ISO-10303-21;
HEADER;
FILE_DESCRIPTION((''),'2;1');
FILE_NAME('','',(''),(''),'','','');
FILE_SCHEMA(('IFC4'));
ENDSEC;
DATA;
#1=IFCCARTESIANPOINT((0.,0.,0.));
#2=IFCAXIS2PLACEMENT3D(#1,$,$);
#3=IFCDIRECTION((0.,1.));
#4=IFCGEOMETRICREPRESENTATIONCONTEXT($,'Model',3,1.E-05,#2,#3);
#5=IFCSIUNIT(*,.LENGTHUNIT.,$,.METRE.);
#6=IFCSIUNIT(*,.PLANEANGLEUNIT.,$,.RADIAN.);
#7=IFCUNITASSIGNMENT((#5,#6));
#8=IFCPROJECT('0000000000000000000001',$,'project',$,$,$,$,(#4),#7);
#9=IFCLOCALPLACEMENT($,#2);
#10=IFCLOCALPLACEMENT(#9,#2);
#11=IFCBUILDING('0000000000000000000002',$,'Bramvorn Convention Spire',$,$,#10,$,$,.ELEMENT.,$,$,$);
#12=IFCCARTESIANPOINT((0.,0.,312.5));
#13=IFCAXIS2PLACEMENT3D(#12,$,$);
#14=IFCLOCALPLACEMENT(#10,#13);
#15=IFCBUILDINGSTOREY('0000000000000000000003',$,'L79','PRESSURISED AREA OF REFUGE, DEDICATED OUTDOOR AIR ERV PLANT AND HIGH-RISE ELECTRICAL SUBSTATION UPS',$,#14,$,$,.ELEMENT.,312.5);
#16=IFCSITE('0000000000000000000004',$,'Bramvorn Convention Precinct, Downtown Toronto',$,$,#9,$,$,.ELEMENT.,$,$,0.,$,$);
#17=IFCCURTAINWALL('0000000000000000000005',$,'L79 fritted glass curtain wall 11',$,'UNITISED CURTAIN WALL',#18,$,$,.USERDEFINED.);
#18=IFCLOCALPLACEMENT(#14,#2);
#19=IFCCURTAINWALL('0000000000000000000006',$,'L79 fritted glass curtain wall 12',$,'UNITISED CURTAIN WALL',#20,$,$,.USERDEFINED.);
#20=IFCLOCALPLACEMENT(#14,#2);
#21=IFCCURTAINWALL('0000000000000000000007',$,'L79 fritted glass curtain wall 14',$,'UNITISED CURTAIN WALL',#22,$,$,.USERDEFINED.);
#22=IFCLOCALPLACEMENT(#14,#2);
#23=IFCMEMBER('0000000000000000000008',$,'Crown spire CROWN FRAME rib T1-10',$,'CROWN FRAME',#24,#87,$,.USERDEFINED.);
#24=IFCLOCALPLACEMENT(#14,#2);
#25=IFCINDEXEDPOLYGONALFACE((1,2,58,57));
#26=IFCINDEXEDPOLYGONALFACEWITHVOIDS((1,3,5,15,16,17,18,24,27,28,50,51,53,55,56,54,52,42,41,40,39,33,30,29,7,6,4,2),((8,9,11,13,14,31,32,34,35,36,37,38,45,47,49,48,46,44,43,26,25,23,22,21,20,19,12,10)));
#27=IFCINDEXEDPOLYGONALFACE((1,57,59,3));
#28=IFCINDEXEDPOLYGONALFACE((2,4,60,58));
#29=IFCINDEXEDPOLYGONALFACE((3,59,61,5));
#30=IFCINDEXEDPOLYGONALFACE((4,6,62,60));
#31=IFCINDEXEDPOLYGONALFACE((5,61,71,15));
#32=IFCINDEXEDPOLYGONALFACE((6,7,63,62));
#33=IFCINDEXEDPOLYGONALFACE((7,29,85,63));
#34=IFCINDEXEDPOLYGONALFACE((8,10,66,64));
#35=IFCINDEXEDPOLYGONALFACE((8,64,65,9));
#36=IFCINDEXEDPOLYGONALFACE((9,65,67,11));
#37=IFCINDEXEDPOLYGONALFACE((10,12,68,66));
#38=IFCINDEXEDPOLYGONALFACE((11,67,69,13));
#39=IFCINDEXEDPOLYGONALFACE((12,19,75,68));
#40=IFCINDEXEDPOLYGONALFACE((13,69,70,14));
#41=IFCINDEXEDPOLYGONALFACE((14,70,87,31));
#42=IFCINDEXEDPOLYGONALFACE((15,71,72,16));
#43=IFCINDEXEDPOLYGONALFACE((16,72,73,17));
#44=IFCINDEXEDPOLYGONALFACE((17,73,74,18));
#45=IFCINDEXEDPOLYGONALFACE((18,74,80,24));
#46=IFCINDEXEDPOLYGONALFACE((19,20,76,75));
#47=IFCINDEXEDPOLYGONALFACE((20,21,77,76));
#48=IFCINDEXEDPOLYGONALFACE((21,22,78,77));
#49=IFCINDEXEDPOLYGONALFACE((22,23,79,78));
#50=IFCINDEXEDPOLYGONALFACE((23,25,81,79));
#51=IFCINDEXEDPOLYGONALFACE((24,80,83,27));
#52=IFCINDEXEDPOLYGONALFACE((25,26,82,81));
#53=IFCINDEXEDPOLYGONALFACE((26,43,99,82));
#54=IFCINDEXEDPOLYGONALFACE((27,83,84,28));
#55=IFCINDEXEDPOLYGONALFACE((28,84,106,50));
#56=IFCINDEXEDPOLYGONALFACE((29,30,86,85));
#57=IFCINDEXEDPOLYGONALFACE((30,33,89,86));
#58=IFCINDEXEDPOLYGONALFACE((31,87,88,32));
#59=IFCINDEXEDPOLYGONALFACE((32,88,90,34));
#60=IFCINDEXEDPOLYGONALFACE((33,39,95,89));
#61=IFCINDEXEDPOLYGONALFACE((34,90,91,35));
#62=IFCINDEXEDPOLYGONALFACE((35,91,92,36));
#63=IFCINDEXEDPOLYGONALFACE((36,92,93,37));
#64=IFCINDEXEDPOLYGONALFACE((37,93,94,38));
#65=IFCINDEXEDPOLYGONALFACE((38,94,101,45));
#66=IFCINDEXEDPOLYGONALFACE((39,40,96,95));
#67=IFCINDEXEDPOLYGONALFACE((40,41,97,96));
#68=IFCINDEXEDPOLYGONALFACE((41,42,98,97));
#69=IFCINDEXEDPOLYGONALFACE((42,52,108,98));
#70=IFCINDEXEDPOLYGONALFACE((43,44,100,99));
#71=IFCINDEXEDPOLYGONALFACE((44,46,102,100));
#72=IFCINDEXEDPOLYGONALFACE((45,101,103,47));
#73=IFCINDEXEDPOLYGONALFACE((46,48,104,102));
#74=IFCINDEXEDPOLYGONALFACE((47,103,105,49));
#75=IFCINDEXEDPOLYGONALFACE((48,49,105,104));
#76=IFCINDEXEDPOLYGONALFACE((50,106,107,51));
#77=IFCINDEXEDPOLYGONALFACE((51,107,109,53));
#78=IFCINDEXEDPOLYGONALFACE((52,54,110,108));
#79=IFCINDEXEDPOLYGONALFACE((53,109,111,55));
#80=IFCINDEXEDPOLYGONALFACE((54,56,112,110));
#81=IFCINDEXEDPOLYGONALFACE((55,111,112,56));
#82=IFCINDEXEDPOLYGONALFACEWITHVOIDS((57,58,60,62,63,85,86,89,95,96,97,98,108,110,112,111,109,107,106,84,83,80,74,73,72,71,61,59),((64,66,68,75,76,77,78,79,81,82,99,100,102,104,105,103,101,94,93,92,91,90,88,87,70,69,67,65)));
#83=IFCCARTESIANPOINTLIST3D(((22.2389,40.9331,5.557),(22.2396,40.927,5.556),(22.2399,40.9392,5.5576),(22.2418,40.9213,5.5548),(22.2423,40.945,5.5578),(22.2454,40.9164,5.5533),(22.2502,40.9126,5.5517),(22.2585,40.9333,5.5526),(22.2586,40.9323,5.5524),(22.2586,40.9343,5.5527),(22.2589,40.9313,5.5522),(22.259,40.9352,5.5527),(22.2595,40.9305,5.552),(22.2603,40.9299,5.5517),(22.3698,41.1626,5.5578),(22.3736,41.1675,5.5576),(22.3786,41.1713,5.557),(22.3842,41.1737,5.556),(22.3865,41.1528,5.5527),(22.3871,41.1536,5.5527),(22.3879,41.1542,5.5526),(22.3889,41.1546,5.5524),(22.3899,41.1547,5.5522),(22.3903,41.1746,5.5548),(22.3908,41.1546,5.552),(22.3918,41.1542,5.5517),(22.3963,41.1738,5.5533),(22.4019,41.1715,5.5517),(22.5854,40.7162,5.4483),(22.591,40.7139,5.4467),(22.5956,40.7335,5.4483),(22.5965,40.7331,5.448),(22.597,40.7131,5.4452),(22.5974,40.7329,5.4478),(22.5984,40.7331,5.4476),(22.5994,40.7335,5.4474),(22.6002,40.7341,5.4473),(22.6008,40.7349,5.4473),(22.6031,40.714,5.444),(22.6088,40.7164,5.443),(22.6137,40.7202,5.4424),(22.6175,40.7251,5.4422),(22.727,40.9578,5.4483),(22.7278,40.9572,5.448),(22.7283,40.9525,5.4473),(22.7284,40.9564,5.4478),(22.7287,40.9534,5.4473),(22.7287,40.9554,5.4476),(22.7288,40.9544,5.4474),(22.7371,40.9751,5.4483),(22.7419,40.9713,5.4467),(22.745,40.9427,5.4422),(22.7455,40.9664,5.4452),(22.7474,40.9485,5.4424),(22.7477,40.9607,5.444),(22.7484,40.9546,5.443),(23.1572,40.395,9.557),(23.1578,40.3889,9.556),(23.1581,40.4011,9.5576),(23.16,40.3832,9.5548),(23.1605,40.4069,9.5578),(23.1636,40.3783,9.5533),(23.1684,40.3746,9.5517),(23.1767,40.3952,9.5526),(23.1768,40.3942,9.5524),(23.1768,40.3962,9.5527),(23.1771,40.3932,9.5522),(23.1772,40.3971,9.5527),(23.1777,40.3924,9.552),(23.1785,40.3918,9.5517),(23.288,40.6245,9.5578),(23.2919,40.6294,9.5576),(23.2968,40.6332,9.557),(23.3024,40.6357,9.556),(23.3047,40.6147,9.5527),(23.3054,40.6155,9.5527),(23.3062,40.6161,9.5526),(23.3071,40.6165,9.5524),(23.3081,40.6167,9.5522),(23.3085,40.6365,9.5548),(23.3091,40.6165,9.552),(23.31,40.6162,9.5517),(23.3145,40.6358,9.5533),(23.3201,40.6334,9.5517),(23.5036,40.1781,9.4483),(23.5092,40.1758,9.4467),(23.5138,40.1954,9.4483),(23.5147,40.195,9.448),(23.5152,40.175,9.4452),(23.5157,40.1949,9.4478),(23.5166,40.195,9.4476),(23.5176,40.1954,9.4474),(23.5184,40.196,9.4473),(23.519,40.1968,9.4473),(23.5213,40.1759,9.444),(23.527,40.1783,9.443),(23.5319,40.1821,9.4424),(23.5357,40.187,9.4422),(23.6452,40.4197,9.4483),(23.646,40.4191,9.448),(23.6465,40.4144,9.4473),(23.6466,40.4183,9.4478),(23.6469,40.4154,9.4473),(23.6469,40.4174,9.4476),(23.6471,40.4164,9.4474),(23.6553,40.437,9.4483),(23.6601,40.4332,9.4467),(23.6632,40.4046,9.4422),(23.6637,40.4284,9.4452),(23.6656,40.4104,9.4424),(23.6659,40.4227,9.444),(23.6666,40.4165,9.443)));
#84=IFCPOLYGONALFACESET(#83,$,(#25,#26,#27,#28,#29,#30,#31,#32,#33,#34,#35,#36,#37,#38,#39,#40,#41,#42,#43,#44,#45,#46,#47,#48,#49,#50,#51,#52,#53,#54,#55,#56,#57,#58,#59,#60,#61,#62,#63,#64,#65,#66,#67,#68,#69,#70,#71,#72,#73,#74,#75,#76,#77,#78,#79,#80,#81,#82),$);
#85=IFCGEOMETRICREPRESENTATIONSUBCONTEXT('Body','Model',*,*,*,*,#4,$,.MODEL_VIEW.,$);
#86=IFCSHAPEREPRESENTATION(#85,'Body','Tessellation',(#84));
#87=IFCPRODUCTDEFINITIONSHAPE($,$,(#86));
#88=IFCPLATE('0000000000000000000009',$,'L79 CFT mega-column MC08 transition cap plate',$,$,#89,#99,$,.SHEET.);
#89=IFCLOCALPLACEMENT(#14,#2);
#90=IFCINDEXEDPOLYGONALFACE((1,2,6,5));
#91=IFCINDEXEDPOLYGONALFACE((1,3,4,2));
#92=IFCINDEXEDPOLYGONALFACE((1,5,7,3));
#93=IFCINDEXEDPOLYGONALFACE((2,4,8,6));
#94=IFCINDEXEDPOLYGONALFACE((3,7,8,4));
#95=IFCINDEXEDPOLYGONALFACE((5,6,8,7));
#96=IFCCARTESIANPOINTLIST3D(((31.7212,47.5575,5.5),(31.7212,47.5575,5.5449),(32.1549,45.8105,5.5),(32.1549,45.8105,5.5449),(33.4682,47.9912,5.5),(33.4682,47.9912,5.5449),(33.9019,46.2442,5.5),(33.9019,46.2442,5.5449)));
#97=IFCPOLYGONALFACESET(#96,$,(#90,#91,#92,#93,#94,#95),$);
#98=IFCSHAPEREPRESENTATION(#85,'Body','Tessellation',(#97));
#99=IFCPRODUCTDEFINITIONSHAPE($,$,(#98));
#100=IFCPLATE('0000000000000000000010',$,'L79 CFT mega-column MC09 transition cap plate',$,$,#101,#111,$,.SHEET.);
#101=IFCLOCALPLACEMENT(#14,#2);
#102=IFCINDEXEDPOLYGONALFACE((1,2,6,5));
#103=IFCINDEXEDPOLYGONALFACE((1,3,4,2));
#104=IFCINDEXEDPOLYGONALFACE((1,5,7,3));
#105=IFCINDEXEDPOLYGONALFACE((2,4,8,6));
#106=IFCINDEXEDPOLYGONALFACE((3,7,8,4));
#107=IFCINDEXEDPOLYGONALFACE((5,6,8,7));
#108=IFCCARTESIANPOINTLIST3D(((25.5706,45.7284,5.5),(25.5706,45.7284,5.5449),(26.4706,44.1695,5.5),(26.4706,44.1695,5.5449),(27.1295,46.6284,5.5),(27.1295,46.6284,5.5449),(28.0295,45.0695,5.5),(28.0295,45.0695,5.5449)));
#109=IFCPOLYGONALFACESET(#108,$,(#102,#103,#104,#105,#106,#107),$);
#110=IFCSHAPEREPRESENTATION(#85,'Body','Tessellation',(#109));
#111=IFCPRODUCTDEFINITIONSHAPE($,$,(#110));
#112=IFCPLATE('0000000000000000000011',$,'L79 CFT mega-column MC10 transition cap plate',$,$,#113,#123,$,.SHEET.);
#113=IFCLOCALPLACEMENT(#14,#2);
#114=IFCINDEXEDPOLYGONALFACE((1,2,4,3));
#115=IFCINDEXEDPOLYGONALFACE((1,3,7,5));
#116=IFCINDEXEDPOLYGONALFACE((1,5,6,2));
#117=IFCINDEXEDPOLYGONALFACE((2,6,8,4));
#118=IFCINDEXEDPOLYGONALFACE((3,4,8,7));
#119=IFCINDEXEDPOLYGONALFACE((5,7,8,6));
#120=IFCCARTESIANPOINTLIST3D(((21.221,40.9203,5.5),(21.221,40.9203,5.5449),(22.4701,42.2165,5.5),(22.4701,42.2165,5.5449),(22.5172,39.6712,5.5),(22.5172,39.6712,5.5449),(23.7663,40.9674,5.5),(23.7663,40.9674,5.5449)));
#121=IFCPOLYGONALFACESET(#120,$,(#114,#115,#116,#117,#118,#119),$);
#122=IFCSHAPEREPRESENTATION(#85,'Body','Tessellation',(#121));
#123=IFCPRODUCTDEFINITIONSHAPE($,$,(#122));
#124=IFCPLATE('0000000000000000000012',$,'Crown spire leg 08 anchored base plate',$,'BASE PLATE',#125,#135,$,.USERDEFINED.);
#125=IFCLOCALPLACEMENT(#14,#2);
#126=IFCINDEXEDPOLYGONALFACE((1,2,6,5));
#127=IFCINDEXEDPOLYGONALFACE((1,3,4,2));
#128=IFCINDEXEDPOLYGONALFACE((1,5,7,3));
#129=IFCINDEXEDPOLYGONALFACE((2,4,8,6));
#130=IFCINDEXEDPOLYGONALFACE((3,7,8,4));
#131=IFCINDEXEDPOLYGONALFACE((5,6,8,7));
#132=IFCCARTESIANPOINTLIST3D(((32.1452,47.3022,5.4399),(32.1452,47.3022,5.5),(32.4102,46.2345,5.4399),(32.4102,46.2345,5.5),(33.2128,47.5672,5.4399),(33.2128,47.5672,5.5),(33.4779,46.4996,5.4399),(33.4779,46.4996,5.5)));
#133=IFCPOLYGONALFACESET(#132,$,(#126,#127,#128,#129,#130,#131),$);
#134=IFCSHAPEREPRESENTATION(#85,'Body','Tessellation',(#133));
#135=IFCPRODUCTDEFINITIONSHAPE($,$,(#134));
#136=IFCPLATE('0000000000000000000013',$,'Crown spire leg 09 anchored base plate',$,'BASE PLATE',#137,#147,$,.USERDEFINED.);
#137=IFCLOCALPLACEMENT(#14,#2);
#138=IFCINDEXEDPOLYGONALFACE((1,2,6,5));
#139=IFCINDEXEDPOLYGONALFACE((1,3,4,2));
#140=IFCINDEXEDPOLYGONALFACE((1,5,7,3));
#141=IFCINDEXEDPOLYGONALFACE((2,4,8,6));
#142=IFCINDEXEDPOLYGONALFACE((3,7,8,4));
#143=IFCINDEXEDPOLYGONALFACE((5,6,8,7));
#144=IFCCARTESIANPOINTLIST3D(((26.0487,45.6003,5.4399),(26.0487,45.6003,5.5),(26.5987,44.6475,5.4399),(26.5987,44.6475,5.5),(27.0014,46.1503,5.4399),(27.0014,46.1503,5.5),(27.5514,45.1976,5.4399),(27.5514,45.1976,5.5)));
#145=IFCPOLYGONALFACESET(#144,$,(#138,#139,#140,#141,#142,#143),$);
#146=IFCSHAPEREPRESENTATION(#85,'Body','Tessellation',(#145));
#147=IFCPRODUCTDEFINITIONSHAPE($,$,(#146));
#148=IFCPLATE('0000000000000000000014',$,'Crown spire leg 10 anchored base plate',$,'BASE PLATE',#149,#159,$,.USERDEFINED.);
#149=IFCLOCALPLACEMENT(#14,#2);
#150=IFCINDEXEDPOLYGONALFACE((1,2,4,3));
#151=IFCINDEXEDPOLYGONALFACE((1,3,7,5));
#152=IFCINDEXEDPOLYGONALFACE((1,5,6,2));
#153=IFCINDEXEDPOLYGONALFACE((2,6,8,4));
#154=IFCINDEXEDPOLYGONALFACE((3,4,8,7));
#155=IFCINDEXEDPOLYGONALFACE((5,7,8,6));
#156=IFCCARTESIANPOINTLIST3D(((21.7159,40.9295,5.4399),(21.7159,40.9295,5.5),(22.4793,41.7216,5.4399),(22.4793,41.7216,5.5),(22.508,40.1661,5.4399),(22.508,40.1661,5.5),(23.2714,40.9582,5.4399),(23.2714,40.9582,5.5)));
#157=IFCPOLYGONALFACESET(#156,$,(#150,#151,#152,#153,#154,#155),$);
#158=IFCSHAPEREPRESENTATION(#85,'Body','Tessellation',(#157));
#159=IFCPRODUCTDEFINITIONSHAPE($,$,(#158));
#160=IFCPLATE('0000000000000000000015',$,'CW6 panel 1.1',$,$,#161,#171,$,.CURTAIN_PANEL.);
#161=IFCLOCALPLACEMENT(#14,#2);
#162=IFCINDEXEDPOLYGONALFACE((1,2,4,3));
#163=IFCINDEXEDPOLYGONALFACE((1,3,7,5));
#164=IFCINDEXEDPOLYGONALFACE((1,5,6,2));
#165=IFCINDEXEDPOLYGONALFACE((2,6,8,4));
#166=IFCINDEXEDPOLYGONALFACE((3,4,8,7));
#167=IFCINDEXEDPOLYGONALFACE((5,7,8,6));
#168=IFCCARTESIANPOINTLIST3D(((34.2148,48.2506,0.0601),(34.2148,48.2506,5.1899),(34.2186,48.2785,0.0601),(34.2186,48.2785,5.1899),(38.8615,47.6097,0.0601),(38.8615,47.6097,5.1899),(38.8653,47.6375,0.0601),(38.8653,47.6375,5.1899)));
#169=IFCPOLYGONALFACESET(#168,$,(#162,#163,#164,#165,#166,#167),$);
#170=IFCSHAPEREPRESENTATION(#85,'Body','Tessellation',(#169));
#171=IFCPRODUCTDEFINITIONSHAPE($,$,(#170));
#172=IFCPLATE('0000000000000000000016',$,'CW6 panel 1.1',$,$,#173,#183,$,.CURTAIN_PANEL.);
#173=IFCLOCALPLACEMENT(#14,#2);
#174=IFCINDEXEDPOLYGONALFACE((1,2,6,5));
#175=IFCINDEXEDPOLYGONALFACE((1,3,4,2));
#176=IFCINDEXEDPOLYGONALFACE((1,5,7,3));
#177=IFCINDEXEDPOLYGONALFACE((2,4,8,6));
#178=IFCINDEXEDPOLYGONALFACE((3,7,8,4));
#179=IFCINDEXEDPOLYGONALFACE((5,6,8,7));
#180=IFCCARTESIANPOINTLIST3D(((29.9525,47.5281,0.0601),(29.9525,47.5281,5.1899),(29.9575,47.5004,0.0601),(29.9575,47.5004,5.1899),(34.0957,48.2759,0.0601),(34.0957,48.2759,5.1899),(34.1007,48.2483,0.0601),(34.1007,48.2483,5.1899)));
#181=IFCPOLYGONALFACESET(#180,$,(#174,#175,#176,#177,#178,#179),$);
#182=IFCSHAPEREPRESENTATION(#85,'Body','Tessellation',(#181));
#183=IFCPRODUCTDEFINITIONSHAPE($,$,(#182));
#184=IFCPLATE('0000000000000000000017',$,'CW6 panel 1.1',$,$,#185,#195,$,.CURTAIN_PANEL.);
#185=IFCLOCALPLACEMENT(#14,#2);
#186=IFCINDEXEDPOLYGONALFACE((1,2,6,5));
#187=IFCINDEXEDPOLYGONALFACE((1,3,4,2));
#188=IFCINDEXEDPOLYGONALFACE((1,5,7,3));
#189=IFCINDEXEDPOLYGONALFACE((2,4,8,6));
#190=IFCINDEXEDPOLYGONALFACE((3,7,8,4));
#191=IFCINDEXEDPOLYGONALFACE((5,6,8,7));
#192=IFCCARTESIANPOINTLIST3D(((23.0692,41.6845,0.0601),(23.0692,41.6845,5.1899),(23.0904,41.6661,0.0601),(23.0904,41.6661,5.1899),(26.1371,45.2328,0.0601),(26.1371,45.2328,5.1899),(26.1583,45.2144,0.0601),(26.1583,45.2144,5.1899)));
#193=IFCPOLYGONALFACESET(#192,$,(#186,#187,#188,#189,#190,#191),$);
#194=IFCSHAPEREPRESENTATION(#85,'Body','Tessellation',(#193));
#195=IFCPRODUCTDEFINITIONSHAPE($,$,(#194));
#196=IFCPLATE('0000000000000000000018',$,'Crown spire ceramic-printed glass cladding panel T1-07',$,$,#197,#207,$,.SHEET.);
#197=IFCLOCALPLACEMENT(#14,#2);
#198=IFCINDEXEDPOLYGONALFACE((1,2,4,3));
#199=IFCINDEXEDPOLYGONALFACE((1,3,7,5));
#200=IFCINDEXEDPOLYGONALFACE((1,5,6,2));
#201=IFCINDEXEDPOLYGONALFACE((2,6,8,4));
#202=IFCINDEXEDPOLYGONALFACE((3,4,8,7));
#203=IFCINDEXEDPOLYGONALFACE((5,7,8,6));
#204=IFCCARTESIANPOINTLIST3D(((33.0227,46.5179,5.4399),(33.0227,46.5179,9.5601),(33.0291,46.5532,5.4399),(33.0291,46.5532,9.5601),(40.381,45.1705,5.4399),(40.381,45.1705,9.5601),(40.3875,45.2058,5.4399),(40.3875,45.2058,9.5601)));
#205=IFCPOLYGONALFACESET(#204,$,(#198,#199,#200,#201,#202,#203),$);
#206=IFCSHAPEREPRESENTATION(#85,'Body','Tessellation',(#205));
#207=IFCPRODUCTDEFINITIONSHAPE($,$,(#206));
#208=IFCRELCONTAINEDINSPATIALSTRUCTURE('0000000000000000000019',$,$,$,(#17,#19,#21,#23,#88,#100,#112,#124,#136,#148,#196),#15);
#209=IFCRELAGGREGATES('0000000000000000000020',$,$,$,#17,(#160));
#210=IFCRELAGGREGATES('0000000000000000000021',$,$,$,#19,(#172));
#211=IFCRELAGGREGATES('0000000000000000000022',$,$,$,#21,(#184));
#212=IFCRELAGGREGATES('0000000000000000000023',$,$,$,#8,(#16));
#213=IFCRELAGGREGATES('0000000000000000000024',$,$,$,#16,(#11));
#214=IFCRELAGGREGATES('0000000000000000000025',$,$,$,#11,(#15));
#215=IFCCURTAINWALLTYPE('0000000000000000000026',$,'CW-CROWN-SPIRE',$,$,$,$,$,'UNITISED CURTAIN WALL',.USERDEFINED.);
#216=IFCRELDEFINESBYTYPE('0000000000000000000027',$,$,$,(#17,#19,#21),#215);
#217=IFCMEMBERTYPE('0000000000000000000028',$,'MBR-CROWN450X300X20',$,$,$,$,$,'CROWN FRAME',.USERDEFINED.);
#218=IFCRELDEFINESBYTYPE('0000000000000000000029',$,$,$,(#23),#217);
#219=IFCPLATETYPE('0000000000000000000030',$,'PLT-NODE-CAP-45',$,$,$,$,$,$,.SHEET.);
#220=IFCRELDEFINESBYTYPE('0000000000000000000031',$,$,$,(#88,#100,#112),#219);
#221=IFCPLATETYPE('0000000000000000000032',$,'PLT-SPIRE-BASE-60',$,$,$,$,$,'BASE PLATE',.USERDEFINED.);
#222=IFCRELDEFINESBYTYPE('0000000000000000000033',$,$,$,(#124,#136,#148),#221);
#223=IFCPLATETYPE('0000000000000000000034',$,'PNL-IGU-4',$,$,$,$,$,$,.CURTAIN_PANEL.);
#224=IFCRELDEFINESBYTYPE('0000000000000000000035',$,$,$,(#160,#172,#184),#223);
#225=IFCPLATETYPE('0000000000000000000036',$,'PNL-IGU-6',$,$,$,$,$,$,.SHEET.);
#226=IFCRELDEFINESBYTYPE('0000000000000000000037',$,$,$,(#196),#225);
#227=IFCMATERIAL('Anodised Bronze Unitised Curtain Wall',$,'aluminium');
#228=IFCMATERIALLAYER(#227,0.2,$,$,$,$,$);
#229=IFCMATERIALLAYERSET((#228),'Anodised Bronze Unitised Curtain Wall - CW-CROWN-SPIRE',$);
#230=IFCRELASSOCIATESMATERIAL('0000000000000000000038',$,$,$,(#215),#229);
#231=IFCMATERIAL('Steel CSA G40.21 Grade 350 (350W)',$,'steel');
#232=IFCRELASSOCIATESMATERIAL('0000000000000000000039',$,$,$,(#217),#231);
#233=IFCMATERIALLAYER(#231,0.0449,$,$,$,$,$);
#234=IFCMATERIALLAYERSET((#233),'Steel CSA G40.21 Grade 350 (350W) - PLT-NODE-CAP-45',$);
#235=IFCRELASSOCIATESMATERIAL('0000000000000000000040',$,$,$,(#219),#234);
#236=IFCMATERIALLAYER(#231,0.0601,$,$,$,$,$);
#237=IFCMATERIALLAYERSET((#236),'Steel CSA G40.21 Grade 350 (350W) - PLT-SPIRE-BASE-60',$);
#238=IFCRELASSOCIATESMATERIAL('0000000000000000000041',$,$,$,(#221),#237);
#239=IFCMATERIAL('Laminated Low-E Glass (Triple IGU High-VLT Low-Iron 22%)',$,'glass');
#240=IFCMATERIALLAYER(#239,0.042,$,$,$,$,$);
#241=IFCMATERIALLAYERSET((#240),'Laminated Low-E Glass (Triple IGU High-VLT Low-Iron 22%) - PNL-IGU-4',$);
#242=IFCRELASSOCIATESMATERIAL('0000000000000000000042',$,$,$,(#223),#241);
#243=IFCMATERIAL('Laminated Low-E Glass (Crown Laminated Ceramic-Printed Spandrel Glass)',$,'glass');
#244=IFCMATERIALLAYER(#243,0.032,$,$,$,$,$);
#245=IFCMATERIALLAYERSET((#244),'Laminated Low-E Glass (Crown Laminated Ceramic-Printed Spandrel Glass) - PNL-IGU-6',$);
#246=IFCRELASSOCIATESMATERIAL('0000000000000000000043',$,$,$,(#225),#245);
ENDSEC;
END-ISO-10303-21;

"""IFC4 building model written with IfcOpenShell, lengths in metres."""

from ifc_helpers import new_model, si_unit, direction, frame, origin, origin_2d, place, context, subcontext, project, spatial, rectangle, hollow_rectangle, extrude, material, layer, layer_set, material_profile, profile_set, type_object, element, aggregate, save


model = new_model("IFC4")

# Units and contexts
model_context = context("Model", 3, precision=1e-05, world=origin(), true_north=direction((0.0, 1.0)))
body_context = subcontext(model_context, "Body", "Model", "MODEL_VIEW")
ifc_project = project(units=[si_unit("LENGTHUNIT", "METRE"), si_unit("PLANEANGLEUNIT", "RADIAN")], contexts=[model_context])

# Site, building, storey
site_placement = place(None, origin())
site = spatial("IfcSite", under=ifc_project, at=site_placement, Name="Bramvorn Convention Precinct, Downtown Toronto", CompositionType="ELEMENT", RefElevation=0.0)
building_placement = place(site_placement, origin())
building = spatial("IfcBuilding", under=site, at=building_placement, Name="Bramvorn Convention Spire", CompositionType="ELEMENT")
storey_placement = place(building_placement, frame((0.0, 0.0, 312.5)))
storey = spatial("IfcBuildingStorey", under=building, at=storey_placement, Name="L79", Description="PRESSURISED AREA OF REFUGE, DEDICATED OUTDOOR AIR ERV PLANT AND HIGH-RISE ELECTRICAL SUBSTATION UPS", CompositionType="ELEMENT", Elevation=312.5)

# Shared definitions
ifc_material_1 = material(Name="Steel CSA G40.21 Grade 350 (350W)", Category="steel")

# Curtain wall
ifc_material_2 = material(Name="Anodised Bronze Unitised Curtain Wall", Category="aluminium")
ifc_layer_1 = layer(ifc_material_2, 0.2)
ifc_layer_set_1 = layer_set([ifc_layer_1], Name="Anodised Bronze Unitised Curtain Wall - CW-CROWN-SPIRE")
curtain_wall_type = type_object("IfcCurtainWallType", Name="CW-CROWN-SPIRE", ElementType="UNITISED CURTAIN WALL", PredefinedType="USERDEFINED", material=ifc_layer_set_1)
curtain_wall_1_placement = place(storey_placement, origin())
curtain_wall_1 = element("IfcCurtainWall", 1, at=curtain_wall_1_placement, inside=storey, type_object=curtain_wall_type, Name="L79 fritted glass curtain wall 11", ObjectType="UNITISED CURTAIN WALL", PredefinedType="USERDEFINED")

# Curtain walls
curtain_wall_2_placement = place(storey_placement, origin())
curtain_wall_2 = element("IfcCurtainWall", 2, at=curtain_wall_2_placement, inside=storey, type_object=curtain_wall_type, Name="L79 fritted glass curtain wall 12", ObjectType="UNITISED CURTAIN WALL", PredefinedType="USERDEFINED")
curtain_wall_3_placement = place(storey_placement, origin())
curtain_wall_3 = element("IfcCurtainWall", 3, at=curtain_wall_3_placement, inside=storey, type_object=curtain_wall_type, Name="L79 fritted glass curtain wall 14", ObjectType="UNITISED CURTAIN WALL", PredefinedType="USERDEFINED")

# Member
ifc_material_profile_1 = material_profile(ifc_material_1, hollow_rectangle(XDim=0.3, YDim=0.45, WallThickness=0.02, InnerFilletRadius=0.0039, OuterFilletRadius=0.0239, at=origin_2d()))
ifc_profile_set_1 = profile_set([ifc_material_profile_1], Name="Steel CSA G40.21 Grade 350 (350W) - CROWN450X300X20")
member_type_1 = type_object("IfcMemberType", Name="MBR-CROWN450X300X20", ElementType="CROWN FRAME", PredefinedType="USERDEFINED", material=ifc_profile_set_1)
member_1_placement = place(storey_placement, frame((22.4937, 40.9438, 5.5), z_axis=(0.221836, -0.129999, 0.966379), x_axis=(0.505596, 0.86277, 0.0)))
element("IfcMember", 4, at=member_1_placement, inside=storey, type_object=member_type_1, Name="Crown spire CROWN FRAME rib T1-10", ObjectType="CROWN FRAME", PredefinedType="USERDEFINED", context=body_context, shape_type="SweptSolid", body=[
    extrude(hollow_rectangle(XDim=0.3, YDim=0.45, WallThickness=0.02, InnerFilletRadius=0.0039, OuterFilletRadius=0.0239, at=origin_2d()), origin(), (0.0, 0.0, 1.0), 4.1392),
])

# Plates
ifc_layer_2 = layer(ifc_material_1, 0.0449)
ifc_layer_set_2 = layer_set([ifc_layer_2], Name="Steel CSA G40.21 Grade 350 (350W) - PLT-NODE-CAP-45")
plate_type_1 = type_object("IfcPlateType", Name="PLT-NODE-CAP-45", PredefinedType="SHEET", material=ifc_layer_set_2)
for number, where, z_axis, x_axis, name in (
    (5, (32.8115, 46.9009, 5.5), (0.0, 0.0, 1.0), (-0.24093, 0.970542, 0.0), "L79 CFT mega-column MC08 transition cap plate"),
    (6, (26.8, 45.3989, 5.5), (0.0, 0.0, 1.0), (-0.499999, 0.866026, 0.0), "L79 CFT mega-column MC09 transition cap plate"),
    (7, (22.4937, 40.9438, 5.5), (0.0, 0.0, 1.0), (-0.720048, 0.693924, 0.0), "L79 CFT mega-column MC10 transition cap plate"),
):
    element("IfcPlate", number, at=place(storey_placement, frame(where, z_axis=z_axis, x_axis=x_axis)), inside=storey, type_object=plate_type_1, Name=name, PredefinedType="SHEET", context=body_context, shape_type="SweptSolid", body=[
        extrude(rectangle(XDim=1.8, YDim=1.8, at=origin_2d()), origin(), (0.0, 0.0, 1.0), 0.0449),
    ])
ifc_layer_3 = layer(ifc_material_1, 0.0601)
ifc_layer_set_3 = layer_set([ifc_layer_3], Name="Steel CSA G40.21 Grade 350 (350W) - PLT-SPIRE-BASE-60")
plate_type_2 = type_object("IfcPlateType", Name="PLT-SPIRE-BASE-60", ElementType="BASE PLATE", PredefinedType="USERDEFINED", material=ifc_layer_set_3)
for number, where, z_axis, x_axis, name in (
    (8, (32.8115, 46.9009, 5.4399), (0.0, 0.0, 1.0), (-0.24093, 0.970542, 0.0), "Crown spire leg 08 anchored base plate"),
    (9, (26.8, 45.3989, 5.4399), (0.0, 0.0, 1.0), (-0.499999, 0.866026, 0.0), "Crown spire leg 09 anchored base plate"),
    (10, (22.4937, 40.9438, 5.4399), (0.0, 0.0, 1.0), (-0.720048, 0.693924, 0.0), "Crown spire leg 10 anchored base plate"),
):
    element("IfcPlate", number, at=place(storey_placement, frame(where, z_axis=z_axis, x_axis=x_axis)), inside=storey, type_object=plate_type_2, Name=name, ObjectType="BASE PLATE", PredefinedType="USERDEFINED", context=body_context, shape_type="SweptSolid", body=[
        extrude(rectangle(XDim=1.1001, YDim=1.1001, at=origin_2d()), origin(), (0.0, 0.0, 1.0), 0.0601),
    ])

# Plates
ifc_material_3 = material(Name="Laminated Low-E Glass (Triple IGU High-VLT Low-Iron 22%)", Category="glass")
ifc_layer_4 = layer(ifc_material_3, 0.042)
ifc_layer_set_4 = layer_set([ifc_layer_4], Name="Laminated Low-E Glass (Triple IGU High-VLT Low-Iron 22%) - PNL-IGU-4")
plate_type_3 = type_object("IfcPlateType", Name="PNL-IGU-4", PredefinedType="CURTAIN_PANEL", material=ifc_layer_set_4)
plate_1_placement = place(storey_placement, frame((36.54, 47.9441, 0.0601), z_axis=(0.0, 0.0, 1.0), x_axis=(0.990621, -0.136635, 0.0)))
plate_1 = element("IfcPlate", 11, at=plate_1_placement, type_object=plate_type_3, Name="CW6 panel 1.1", PredefinedType="CURTAIN_PANEL", context=body_context, shape_type="SweptSolid", body=[
    extrude(rectangle(XDim=4.6907, YDim=0.0281, at=origin_2d()), origin(), (0.0, 0.0, 1.0), 5.1299),
])
aggregate(curtain_wall_1, [plate_1])
plate_2_placement = place(storey_placement, frame((32.0266, 47.8882, 0.0601), z_axis=(0.0, 0.0, 1.0), x_axis=(0.984097, 0.177633, 0.0)))
plate_2 = element("IfcPlate", 12, at=plate_2_placement, type_object=plate_type_3, Name="CW6 panel 1.1", PredefinedType="CURTAIN_PANEL", context=body_context, shape_type="SweptSolid", body=[
    extrude(rectangle(XDim=4.2102, YDim=0.0281, at=origin_2d()), origin(), (0.0, 0.0, 1.0), 5.1299),
])
aggregate(curtain_wall_2, [plate_2])
plate_3_placement = place(storey_placement, frame((24.6138, 43.4495, 0.0601), z_axis=(0.0, 0.0, 1.0), x_axis=(0.65404, 0.75646, 0.0)))
plate_3 = element("IfcPlate", 13, at=plate_3_placement, type_object=plate_type_3, Name="CW6 panel 1.1", PredefinedType="CURTAIN_PANEL", context=body_context, shape_type="SweptSolid", body=[
    extrude(rectangle(XDim=4.6907, YDim=0.0281, at=origin_2d()), origin(), (0.0, 0.0, 1.0), 5.1299),
])
aggregate(curtain_wall_3, [plate_3])

# Plate
ifc_material_4 = material(Name="Laminated Low-E Glass (Crown Laminated Ceramic-Printed Spandrel Glass)", Category="glass")
ifc_layer_5 = layer(ifc_material_4, 0.032)
ifc_layer_set_5 = layer_set([ifc_layer_5], Name="Laminated Low-E Glass (Crown Laminated Ceramic-Printed Spandrel Glass) - PNL-IGU-6")
plate_type_4 = type_object("IfcPlateType", Name="PNL-IGU-6", PredefinedType="SHEET", material=ifc_layer_set_5)
plate_4_placement = place(storey_placement, frame((36.7051, 45.8618, 5.4399), z_axis=(0.0, 0.0, 1.0), x_axis=(-0.983645, 0.180119, 0.0)))
element("IfcPlate", 14, at=plate_4_placement, inside=storey, type_object=plate_type_4, Name="Crown spire ceramic-printed glass cladding panel T1-07", PredefinedType="SHEET", context=body_context, shape_type="SweptSolid", body=[
    extrude(rectangle(XDim=7.4807, YDim=0.0359, at=origin_2d()), origin(), (0.0, 0.0, 1.0), 4.1201),
])

save(model, "model.ifc")
